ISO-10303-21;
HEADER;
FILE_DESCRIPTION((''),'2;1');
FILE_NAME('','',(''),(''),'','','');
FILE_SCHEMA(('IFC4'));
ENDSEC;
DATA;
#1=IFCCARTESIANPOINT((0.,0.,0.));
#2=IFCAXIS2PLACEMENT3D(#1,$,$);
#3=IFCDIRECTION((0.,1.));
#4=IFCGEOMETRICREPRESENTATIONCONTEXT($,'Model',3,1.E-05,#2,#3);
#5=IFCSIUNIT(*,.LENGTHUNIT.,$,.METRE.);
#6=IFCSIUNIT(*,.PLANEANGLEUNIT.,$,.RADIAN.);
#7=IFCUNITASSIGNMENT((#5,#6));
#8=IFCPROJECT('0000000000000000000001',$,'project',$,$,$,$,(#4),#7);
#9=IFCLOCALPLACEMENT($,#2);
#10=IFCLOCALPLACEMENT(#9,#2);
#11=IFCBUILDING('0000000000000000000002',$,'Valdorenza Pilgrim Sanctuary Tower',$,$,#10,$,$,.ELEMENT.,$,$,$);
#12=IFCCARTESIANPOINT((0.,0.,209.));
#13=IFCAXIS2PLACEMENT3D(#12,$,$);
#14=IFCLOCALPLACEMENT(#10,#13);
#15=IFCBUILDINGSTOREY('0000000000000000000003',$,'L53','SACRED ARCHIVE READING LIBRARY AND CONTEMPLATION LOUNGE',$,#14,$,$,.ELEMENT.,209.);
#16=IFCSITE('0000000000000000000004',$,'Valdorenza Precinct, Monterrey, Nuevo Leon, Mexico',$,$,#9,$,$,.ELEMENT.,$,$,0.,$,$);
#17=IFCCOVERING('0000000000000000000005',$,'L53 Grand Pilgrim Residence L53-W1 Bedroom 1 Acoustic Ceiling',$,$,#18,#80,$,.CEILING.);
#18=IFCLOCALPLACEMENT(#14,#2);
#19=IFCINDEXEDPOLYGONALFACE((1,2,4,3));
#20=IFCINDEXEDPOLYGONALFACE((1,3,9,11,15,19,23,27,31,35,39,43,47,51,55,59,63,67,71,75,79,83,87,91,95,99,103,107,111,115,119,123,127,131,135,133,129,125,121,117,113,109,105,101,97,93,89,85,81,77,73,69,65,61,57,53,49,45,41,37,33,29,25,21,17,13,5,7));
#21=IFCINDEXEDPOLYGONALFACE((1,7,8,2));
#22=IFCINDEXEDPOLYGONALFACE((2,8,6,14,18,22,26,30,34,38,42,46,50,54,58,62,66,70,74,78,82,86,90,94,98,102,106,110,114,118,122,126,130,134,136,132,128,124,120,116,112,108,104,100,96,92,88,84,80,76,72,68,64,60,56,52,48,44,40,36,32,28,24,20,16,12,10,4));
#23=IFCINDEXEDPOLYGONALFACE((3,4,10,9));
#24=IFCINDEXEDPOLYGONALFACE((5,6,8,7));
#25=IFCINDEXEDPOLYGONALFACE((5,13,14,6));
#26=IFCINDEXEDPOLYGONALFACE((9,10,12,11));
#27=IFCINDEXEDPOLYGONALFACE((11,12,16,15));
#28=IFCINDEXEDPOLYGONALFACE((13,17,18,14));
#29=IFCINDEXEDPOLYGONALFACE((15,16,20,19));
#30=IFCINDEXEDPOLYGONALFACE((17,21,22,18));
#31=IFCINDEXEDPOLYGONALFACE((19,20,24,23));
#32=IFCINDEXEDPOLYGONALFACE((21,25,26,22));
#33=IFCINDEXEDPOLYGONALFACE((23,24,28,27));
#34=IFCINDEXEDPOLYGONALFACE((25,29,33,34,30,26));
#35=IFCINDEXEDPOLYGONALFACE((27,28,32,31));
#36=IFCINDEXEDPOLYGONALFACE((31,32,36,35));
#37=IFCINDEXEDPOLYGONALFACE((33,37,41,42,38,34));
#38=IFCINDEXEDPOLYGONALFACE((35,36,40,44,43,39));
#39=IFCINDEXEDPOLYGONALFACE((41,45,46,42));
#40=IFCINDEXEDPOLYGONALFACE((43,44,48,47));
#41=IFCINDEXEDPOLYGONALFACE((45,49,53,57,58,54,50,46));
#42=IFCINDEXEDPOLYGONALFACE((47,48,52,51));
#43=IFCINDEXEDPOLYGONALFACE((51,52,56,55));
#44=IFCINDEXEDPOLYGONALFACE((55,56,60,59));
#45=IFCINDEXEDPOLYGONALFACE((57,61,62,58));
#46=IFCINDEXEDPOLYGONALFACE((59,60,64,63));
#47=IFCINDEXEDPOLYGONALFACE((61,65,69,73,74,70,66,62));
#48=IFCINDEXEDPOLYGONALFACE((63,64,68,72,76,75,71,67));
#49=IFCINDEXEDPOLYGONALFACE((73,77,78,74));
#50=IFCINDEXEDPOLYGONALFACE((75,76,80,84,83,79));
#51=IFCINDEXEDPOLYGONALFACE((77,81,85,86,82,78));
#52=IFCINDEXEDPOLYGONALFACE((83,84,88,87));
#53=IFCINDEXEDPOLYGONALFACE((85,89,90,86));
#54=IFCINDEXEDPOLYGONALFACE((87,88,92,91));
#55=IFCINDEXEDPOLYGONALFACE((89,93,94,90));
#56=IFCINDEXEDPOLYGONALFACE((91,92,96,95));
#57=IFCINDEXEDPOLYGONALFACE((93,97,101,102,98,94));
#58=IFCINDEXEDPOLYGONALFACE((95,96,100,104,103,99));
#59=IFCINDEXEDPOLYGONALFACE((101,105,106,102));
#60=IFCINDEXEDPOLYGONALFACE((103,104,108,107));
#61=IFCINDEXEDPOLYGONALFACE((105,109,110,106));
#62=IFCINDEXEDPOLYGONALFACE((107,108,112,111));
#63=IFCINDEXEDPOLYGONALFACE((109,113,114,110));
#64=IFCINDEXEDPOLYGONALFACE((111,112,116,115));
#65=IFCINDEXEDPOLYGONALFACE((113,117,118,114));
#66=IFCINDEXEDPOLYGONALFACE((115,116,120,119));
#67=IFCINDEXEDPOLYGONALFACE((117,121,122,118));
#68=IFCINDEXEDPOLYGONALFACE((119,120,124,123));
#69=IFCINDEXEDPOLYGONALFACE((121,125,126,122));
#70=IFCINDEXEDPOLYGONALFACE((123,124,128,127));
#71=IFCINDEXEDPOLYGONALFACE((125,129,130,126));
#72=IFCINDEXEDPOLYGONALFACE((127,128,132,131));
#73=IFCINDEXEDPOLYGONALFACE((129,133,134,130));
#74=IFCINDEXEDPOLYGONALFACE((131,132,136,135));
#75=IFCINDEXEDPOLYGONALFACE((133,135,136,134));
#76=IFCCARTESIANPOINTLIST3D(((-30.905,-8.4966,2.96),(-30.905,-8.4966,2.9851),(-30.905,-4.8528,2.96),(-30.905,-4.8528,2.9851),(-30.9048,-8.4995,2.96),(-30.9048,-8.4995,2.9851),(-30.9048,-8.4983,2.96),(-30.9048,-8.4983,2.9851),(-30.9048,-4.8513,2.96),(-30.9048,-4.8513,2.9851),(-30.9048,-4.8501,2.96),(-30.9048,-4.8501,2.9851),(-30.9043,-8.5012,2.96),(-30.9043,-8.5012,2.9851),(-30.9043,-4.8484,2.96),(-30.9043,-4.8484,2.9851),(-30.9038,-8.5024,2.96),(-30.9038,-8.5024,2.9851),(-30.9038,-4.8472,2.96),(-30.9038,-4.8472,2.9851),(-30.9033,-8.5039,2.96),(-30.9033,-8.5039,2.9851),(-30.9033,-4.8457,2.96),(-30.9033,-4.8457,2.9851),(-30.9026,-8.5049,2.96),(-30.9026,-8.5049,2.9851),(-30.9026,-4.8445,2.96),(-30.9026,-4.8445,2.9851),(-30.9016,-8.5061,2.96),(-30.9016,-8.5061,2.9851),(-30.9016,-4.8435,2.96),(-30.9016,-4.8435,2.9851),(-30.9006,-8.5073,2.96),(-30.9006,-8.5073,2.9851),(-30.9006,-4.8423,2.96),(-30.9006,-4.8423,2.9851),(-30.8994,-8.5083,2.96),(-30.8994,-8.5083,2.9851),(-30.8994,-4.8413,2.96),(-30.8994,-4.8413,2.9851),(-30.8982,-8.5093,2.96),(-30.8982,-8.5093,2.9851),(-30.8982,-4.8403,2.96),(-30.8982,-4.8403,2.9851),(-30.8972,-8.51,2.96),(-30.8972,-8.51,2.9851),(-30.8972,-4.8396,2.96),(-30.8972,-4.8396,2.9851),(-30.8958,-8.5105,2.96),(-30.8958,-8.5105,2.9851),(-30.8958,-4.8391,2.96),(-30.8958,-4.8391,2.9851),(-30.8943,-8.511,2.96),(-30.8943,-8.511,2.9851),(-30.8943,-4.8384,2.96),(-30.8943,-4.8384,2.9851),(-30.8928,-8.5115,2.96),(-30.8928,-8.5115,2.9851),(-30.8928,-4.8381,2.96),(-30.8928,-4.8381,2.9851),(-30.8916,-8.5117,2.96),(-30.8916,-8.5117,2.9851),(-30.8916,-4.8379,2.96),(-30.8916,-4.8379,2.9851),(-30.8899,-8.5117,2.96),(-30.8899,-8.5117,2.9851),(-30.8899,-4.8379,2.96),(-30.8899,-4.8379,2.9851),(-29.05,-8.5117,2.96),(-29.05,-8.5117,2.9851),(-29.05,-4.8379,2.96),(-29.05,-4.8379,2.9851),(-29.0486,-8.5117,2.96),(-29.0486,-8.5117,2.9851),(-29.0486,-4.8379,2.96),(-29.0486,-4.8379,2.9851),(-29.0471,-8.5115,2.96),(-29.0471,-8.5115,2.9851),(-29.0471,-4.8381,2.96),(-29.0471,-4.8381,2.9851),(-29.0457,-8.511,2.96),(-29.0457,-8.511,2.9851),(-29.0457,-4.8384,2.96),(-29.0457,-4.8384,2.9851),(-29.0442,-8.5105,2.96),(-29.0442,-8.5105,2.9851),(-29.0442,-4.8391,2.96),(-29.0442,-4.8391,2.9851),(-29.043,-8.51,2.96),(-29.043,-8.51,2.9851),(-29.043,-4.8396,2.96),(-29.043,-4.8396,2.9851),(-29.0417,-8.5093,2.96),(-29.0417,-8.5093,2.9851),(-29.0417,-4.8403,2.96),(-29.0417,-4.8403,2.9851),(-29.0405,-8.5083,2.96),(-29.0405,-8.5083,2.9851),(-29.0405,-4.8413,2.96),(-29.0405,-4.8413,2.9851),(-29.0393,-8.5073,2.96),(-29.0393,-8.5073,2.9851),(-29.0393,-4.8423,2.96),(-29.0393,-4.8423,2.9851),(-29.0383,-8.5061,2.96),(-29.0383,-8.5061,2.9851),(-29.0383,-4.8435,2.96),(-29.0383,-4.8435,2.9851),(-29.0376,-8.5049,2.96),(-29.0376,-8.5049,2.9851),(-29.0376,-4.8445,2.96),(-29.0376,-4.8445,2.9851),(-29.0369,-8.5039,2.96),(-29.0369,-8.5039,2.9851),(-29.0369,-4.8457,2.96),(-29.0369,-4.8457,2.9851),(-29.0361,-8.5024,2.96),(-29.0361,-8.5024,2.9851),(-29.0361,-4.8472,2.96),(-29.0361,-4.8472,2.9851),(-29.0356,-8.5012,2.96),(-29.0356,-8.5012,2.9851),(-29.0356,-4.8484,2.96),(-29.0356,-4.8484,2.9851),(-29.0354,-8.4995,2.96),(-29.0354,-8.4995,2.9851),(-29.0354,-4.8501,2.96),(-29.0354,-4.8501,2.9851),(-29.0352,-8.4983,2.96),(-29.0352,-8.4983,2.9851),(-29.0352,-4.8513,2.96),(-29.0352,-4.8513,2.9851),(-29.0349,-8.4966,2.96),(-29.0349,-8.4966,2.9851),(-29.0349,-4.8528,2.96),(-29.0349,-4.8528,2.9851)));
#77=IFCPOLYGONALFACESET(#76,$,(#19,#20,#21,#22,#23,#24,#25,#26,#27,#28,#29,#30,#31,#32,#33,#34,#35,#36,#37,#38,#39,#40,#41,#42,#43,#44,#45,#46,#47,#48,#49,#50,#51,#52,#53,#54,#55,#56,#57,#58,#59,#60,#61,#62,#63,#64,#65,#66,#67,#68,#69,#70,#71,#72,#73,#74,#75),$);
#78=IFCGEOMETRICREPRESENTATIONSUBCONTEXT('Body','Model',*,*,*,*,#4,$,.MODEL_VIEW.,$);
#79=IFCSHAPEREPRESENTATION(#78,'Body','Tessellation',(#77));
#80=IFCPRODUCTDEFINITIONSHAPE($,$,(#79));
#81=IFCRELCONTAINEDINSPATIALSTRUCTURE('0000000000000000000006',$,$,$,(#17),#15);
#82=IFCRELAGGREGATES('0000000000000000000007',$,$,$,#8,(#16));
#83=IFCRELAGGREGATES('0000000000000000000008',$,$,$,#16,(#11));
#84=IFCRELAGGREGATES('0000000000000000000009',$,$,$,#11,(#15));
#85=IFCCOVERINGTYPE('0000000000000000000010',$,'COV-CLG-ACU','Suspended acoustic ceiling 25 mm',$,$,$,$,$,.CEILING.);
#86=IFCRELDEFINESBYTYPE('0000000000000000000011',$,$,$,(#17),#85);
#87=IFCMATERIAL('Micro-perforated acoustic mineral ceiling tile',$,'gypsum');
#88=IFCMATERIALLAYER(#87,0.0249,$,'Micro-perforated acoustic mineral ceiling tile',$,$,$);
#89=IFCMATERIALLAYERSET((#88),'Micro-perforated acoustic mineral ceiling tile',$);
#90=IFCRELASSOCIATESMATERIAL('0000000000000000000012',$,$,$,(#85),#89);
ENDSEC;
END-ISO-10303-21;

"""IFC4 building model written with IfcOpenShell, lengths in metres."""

from ifc_helpers import new_model, si_unit, direction, frame, origin, place, context, subcontext, project, spatial, polyline, outline, extrude, material, layer, layer_set, type_object, element, save


model = new_model("IFC4")

# Units and contexts
model_context = context("Model", 3, precision=1e-05, world=origin(), true_north=direction((0.0, 1.0)))
body_context = subcontext(model_context, "Body", "Model", "MODEL_VIEW")
ifc_project = project(units=[si_unit("LENGTHUNIT", "METRE"), si_unit("PLANEANGLEUNIT", "RADIAN")], contexts=[model_context])

# Site, building, storey
site_placement = place(None, origin())
site = spatial("IfcSite", under=ifc_project, at=site_placement, Name="Valdorenza Precinct, Monterrey, Nuevo Leon, Mexico", CompositionType="ELEMENT", RefElevation=0.0)
building_placement = place(site_placement, origin())
building = spatial("IfcBuilding", under=site, at=building_placement, Name="Valdorenza Pilgrim Sanctuary Tower", CompositionType="ELEMENT")
storey_placement = place(building_placement, frame((0.0, 0.0, 209.0)))
storey = spatial("IfcBuildingStorey", under=building, at=storey_placement, Name="L53", Description="SACRED ARCHIVE READING LIBRARY AND CONTEMPLATION LOUNGE", CompositionType="ELEMENT", Elevation=209.0)

# Covering
ifc_material_1 = material(Name="Micro-perforated acoustic mineral ceiling tile", Category="gypsum")
ifc_layer_1 = layer(ifc_material_1, 0.0249, Name="Micro-perforated acoustic mineral ceiling tile")
ifc_layer_set_1 = layer_set([ifc_layer_1], Name="Micro-perforated acoustic mineral ceiling tile")
covering_type_1 = type_object("IfcCoveringType", Name="COV-CLG-ACU", Description="Suspended acoustic ceiling 25 mm", PredefinedType="CEILING", material=ifc_layer_set_1)
covering_1_placement = place(storey_placement, frame((0.0, 0.0, 2.96)))
element("IfcCovering", 1, at=covering_1_placement, inside=storey, type_object=covering_type_1, Name="L53 Grand Pilgrim Residence L53-W1 Bedroom 1 Acoustic Ceiling", PredefinedType="CEILING", context=body_context, shape_type="SweptSolid", body=[
    extrude(outline(polyline([(-29.0349, -8.4966), (-29.0352, -8.4983), (-29.0354, -8.4995), (-29.0356, -8.5012), (-29.0361, -8.5024), (-29.0369, -8.5039), (-29.0376, -8.5049), (-29.0383, -8.5061), (-29.0393, -8.5073), (-29.0405, -8.5083), (-29.0417, -8.5093), (-29.043, -8.51), (-29.0442, -8.5105), (-29.0457, -8.511), (-29.0471, -8.5115), (-29.0486, -8.5117), (-29.05, -8.5117), (-30.8899, -8.5117), (-30.8916, -8.5117), (-30.8928, -8.5115), (-30.8943, -8.511), (-30.8958, -8.5105), (-30.8972, -8.51), (-30.8982, -8.5093), (-30.8994, -8.5083), (-30.9006, -8.5073), (-30.9016, -8.5061), (-30.9026, -8.5049), (-30.9033, -8.5039), (-30.9038, -8.5024), (-30.9043, -8.5012), (-30.9048, -8.4995), (-30.9048, -8.4983), (-30.905, -8.4966), (-30.905, -4.8528), (-30.9048, -4.8513), (-30.9048, -4.8501), (-30.9043, -4.8484), (-30.9038, -4.8472), (-30.9033, -4.8457), (-30.9026, -4.8445), (-30.9016, -4.8435), (-30.9006, -4.8423), (-30.8994, -4.8413), (-30.8982, -4.8403), (-30.8972, -4.8396), (-30.8958, -4.8391), (-30.8943, -4.8384), (-30.8928, -4.8381), (-30.8916, -4.8379), (-30.8899, -4.8379), (-29.05, -4.8379), (-29.0486, -4.8379), (-29.0471, -4.8381), (-29.0457, -4.8384), (-29.0442, -4.8391), (-29.043, -4.8396), (-29.0417, -4.8403), (-29.0405, -4.8413), (-29.0393, -4.8423), (-29.0383, -4.8435), (-29.0376, -4.8445), (-29.0369, -4.8457), (-29.0361, -4.8472), (-29.0356, -4.8484), (-29.0354, -4.8501), (-29.0352, -4.8513), (-29.0349, -4.8528), (-29.0349, -8.4966)])), origin(), (0.0, 0.0, 1.0), 0.0251),
])

save(model, "model.ifc")
